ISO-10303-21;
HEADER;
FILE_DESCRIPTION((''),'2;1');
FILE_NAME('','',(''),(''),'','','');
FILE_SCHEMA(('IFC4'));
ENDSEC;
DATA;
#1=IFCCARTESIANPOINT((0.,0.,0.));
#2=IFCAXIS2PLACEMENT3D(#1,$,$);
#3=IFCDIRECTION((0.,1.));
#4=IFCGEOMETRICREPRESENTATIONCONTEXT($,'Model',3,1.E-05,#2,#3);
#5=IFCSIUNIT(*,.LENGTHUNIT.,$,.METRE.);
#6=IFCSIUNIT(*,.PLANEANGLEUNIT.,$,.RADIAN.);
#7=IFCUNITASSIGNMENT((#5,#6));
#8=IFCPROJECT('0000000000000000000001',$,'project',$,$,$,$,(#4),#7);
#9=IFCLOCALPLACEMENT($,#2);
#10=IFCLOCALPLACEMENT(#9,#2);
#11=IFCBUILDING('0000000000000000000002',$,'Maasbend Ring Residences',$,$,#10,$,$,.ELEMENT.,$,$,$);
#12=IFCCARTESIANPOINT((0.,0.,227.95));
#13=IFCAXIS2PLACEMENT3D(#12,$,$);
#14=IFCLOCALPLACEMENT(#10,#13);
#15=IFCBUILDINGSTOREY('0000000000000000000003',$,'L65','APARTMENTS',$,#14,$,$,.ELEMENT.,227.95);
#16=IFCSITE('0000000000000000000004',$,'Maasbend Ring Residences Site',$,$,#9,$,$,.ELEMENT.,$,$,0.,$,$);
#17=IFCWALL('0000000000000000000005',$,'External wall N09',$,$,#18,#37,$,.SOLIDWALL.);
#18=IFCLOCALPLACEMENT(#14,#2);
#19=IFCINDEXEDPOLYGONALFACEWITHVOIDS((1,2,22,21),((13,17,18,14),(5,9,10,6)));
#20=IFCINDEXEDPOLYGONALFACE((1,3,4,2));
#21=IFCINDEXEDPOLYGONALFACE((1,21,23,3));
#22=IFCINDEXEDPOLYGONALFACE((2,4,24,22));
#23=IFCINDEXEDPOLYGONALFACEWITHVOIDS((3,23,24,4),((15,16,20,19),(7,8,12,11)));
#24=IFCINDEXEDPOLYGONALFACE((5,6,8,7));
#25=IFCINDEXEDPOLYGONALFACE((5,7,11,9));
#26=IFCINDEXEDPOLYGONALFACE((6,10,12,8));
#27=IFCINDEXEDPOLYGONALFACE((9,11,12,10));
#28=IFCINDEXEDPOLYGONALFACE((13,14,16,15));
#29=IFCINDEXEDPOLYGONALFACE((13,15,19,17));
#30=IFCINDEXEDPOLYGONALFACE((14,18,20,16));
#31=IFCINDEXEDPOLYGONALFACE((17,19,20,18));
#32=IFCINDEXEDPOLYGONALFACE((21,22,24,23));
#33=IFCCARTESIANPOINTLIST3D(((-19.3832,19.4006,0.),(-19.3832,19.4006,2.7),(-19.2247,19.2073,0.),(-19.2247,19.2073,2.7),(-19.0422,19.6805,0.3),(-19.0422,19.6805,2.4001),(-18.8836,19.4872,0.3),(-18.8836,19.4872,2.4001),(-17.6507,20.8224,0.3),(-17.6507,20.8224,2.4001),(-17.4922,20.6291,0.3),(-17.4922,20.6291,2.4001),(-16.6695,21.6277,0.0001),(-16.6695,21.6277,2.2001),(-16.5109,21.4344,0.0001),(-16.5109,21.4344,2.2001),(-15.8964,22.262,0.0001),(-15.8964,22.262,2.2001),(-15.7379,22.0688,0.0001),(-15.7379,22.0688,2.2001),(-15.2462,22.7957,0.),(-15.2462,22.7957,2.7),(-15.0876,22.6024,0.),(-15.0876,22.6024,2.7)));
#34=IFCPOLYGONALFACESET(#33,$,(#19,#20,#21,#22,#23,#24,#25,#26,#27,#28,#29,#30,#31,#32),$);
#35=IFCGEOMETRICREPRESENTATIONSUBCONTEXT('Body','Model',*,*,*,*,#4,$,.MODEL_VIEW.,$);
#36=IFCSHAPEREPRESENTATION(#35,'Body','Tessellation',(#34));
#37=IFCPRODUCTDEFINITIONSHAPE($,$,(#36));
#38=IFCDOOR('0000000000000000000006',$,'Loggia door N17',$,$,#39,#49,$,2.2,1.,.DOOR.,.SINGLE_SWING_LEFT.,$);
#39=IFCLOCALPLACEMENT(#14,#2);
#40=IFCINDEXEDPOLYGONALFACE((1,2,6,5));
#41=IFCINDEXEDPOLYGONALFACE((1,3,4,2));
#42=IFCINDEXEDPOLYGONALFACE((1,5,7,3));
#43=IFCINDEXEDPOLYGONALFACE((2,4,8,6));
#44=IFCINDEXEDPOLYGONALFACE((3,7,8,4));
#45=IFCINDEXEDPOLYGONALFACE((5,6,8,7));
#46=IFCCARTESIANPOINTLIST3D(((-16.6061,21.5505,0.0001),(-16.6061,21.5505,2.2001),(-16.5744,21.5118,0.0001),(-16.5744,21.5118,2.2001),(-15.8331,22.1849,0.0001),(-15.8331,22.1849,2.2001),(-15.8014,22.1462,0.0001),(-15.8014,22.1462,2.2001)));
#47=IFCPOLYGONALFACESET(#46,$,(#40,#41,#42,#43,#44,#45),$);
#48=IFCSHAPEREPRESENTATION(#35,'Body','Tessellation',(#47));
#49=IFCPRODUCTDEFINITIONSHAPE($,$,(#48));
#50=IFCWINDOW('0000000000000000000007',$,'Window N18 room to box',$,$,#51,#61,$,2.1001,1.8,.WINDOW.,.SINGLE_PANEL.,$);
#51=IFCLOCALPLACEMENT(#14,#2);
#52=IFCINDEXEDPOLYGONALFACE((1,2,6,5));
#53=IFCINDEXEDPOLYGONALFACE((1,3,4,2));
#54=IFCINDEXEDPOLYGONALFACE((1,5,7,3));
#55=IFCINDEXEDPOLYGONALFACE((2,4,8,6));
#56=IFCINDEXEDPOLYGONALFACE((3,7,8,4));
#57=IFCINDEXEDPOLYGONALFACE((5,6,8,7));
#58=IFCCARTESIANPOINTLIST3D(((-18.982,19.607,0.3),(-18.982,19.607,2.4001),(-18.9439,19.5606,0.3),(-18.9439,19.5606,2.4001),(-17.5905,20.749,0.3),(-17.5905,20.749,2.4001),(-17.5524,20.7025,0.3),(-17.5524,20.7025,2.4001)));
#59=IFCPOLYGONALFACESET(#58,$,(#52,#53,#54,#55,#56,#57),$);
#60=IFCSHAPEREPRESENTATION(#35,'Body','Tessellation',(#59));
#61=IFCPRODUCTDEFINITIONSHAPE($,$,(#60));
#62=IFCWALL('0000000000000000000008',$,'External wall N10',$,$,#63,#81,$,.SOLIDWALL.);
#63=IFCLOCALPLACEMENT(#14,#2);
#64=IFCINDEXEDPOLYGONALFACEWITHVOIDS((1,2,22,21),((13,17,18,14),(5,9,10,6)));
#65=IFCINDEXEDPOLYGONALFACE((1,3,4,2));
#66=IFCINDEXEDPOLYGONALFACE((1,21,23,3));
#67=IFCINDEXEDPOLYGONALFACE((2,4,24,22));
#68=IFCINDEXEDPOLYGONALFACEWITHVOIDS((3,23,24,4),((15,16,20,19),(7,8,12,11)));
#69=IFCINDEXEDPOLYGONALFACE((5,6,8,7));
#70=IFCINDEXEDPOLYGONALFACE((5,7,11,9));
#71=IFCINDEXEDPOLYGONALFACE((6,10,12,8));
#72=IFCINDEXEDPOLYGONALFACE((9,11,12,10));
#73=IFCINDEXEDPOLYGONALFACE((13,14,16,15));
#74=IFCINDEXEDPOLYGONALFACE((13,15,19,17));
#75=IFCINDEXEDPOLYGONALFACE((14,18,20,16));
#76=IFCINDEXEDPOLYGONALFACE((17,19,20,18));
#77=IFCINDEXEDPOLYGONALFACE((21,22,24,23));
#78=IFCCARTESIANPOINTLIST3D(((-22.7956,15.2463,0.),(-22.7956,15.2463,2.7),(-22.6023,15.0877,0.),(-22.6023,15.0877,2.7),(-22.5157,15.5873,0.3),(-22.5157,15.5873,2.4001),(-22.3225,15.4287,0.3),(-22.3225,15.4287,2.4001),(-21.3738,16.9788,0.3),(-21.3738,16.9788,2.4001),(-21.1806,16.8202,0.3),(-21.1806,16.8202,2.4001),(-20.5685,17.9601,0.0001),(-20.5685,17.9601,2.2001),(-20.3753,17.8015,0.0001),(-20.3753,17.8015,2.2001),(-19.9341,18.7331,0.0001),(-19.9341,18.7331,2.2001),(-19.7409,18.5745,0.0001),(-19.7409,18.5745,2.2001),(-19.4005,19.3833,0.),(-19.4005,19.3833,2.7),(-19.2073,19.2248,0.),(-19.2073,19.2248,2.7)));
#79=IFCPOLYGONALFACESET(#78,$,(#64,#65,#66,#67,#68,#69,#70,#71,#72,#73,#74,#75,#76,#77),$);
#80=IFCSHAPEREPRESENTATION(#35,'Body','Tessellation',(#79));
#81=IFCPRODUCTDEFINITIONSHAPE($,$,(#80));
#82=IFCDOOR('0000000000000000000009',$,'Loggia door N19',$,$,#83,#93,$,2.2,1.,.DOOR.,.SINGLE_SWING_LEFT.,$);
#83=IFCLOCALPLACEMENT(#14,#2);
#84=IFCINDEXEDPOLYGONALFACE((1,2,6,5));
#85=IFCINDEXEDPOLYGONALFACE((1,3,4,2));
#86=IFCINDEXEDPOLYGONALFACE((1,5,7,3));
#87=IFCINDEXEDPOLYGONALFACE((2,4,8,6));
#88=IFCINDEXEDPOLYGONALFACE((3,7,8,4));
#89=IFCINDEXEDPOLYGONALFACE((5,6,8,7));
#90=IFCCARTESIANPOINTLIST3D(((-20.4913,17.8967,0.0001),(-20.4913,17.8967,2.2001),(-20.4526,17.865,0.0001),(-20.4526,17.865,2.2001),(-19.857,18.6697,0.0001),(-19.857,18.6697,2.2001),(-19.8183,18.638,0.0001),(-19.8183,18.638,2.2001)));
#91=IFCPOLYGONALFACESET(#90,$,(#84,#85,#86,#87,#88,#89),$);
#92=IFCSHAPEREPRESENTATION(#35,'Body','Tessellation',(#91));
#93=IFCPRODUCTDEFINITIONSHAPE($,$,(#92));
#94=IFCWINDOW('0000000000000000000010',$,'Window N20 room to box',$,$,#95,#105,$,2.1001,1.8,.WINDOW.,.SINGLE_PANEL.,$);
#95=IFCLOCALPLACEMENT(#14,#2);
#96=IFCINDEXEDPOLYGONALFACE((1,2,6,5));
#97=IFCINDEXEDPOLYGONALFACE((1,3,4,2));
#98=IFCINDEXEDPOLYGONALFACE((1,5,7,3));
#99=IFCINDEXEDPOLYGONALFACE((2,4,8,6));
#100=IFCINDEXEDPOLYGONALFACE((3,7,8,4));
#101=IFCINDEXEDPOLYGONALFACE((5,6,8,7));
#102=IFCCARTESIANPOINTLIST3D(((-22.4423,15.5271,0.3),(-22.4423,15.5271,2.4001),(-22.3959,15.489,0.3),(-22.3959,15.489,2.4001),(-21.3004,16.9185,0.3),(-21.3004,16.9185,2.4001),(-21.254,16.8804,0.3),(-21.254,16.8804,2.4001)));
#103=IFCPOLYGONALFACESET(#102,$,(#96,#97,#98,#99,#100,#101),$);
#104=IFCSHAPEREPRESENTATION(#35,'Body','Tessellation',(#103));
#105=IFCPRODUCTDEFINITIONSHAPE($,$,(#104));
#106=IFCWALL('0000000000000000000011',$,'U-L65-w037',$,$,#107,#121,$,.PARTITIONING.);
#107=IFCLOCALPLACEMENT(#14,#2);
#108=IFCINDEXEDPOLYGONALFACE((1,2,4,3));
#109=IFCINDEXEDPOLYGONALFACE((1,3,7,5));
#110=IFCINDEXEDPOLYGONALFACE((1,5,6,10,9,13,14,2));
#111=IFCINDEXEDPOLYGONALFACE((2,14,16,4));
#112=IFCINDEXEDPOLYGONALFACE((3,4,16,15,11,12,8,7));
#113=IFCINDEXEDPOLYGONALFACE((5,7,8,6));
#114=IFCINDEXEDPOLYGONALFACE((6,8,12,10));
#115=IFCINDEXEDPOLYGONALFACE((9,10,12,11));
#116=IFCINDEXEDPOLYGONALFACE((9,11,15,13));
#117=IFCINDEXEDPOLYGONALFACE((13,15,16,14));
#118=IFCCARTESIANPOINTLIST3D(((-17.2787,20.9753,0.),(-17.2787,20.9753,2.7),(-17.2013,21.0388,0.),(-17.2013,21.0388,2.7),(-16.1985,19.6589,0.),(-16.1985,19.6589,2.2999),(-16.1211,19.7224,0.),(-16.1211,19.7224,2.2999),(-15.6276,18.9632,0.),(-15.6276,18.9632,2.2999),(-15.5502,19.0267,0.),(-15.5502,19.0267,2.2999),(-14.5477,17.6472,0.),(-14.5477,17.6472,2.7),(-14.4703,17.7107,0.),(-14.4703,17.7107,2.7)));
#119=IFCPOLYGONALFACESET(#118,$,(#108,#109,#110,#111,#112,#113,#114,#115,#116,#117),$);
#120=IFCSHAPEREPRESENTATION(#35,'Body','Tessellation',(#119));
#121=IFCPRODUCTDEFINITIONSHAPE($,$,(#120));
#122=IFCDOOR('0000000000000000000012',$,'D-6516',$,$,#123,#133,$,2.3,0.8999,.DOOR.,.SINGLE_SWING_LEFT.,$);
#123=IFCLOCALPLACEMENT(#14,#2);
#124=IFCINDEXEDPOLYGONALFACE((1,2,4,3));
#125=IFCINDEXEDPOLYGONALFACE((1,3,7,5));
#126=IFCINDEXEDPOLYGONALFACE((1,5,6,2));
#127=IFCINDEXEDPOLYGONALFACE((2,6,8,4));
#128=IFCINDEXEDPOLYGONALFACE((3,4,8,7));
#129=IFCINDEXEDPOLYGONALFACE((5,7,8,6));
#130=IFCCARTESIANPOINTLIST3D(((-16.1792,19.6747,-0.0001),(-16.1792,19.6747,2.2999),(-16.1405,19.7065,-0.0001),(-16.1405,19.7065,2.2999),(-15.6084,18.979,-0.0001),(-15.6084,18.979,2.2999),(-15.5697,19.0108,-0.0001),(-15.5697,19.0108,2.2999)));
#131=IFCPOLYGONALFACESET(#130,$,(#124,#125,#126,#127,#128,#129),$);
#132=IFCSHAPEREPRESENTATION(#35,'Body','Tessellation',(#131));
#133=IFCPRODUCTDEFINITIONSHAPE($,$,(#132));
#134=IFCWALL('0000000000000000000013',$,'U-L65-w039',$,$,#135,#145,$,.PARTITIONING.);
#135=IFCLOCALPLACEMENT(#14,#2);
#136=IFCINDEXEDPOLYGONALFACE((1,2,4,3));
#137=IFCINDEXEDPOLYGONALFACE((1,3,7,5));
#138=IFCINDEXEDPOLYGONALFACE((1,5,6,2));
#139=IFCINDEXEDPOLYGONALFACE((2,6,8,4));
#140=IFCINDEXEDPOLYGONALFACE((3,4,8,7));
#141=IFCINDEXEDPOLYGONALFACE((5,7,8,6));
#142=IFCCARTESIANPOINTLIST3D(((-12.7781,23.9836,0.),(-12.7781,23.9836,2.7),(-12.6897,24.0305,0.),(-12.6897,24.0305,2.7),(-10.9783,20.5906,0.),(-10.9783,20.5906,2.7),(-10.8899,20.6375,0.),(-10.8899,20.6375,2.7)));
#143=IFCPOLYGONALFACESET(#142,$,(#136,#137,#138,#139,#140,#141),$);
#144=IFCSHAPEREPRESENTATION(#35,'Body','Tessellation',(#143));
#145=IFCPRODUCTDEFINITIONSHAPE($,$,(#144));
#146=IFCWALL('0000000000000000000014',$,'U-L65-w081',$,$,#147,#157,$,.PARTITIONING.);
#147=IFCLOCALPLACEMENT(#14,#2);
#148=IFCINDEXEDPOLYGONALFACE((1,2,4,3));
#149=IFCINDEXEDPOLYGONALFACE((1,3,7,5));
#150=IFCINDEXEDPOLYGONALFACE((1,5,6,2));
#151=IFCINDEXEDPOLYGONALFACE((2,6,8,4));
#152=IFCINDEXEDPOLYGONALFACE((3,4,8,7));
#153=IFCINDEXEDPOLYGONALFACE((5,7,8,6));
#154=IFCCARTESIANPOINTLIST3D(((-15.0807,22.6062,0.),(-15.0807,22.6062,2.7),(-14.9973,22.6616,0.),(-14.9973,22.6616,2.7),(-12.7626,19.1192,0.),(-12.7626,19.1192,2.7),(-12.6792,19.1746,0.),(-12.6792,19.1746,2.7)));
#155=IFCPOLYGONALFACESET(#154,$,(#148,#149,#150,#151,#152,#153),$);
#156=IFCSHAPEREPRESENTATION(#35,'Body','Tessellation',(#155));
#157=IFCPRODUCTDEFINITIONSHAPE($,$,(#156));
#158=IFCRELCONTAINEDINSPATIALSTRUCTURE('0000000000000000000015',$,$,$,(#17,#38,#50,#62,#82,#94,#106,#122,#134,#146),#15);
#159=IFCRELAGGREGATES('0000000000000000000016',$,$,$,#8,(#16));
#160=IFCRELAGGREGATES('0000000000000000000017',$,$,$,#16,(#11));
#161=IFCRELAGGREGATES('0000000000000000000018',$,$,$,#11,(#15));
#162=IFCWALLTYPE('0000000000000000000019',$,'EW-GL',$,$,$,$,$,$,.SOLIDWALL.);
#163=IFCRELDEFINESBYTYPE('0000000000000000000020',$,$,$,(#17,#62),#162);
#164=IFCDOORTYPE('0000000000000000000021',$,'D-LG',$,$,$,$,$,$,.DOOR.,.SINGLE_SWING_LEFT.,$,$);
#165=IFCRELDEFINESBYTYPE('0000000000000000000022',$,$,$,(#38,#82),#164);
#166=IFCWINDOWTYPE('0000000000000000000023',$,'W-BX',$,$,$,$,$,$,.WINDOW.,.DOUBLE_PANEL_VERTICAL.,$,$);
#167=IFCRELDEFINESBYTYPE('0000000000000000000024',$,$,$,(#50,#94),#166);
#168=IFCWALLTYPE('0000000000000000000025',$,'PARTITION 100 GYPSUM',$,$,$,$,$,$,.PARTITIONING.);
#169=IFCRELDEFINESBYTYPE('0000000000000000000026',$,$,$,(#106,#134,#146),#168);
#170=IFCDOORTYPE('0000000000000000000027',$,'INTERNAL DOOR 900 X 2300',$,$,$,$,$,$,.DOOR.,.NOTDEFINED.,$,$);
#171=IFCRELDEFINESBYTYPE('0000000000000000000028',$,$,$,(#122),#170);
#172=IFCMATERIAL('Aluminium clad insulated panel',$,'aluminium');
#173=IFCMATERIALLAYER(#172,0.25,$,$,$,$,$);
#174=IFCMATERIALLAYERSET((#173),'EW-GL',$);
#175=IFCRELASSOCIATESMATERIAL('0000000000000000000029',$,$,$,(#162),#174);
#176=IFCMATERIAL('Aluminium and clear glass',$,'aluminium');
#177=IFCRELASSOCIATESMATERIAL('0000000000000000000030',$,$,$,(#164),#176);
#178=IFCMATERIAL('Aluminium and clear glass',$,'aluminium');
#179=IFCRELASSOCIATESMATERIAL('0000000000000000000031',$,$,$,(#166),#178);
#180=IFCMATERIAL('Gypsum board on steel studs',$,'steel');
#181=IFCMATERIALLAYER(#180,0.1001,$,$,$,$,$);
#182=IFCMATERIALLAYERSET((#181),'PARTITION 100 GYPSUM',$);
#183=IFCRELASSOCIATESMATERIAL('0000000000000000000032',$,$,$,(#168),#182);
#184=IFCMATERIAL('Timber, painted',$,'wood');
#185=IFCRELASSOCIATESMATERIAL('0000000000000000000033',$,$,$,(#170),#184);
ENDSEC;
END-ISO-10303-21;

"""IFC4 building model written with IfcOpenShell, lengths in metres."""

from ifc_helpers import new_model, si_unit, direction, frame, frame_2d, origin, place, context, subcontext, project, spatial, rectangle, extrude, material, layer, layer_set, type_object, element, fill, save


model = new_model("IFC4")

# Units and contexts
model_context = context("Model", 3, precision=1e-05, world=origin(), true_north=direction((0.0, 1.0)))
body_context = subcontext(model_context, "Body", "Model", "MODEL_VIEW")
ifc_project = project(units=[si_unit("LENGTHUNIT", "METRE"), si_unit("PLANEANGLEUNIT", "RADIAN")], contexts=[model_context])

# Site, building, storey
site_placement = place(None, origin())
site = spatial("IfcSite", under=ifc_project, at=site_placement, Name="Maasbend Ring Residences Site", CompositionType="ELEMENT", RefElevation=0.0)
building_placement = place(site_placement, origin())
building = spatial("IfcBuilding", under=site, at=building_placement, Name="Maasbend Ring Residences", CompositionType="ELEMENT")
storey_placement = place(building_placement, frame((0.0, 0.0, 227.95)))
storey = spatial("IfcBuildingStorey", under=building, at=storey_placement, Name="L65", Description="APARTMENTS", CompositionType="ELEMENT", Elevation=227.95)

# Walls, openings, doors, windows
ifc_material_1 = material(Name="Aluminium clad insulated panel", Category="aluminium")
ifc_layer_1 = layer(ifc_material_1, 0.25)
ifc_layer_set_1 = layer_set([ifc_layer_1], Name="EW-GL")
wall_type_1 = type_object("IfcWallType", Name="EW-GL", PredefinedType="SOLIDWALL", material=ifc_layer_set_1)
wall_1_placement = place(storey_placement, frame((-15.167, 22.699, 0.0), z_axis=(0.0, 0.0, 1.0), x_axis=(-0.773019, -0.634382, 0.0)))
wall_1 = element("IfcWall", 1, at=wall_1_placement, inside=storey, type_object=wall_type_1, Name="External wall N09", PredefinedType="SOLIDWALL", context=body_context, shape_type="SweptSolid", body=[
    extrude(rectangle(XDim=5.3518, YDim=0.25, at=frame_2d((2.6758, 0.0))), origin(), (0.0, 0.0, 1.0), 2.7),
])
opening_1_placement = place(wall_1_placement, frame((0.8411, 0.0, 0.0)))
opening_1 = element("IfcOpeningElement", 2, at=opening_1_placement, cuts=wall_1, PredefinedType="OPENING", context=body_context, shape_type="SweptSolid", body=[
    extrude(rectangle(XDim=1.0, YDim=2.2, at=frame_2d((0.5, 1.1001))), frame((0.0, 0.135, 0.0), z_axis=(0.0, -1.0, 0.0), x_axis=(1.0, 0.0, 0.0)), (0.0, 0.0, 1.0), 0.27),
])
opening_2_placement = place(wall_1_placement, frame((3.1106, 0.0, 0.3)))
opening_2 = element("IfcOpeningElement", 3, at=opening_2_placement, cuts=wall_1, PredefinedType="OPENING", context=body_context, shape_type="SweptSolid", body=[
    extrude(rectangle(XDim=1.8, YDim=2.1001, at=frame_2d((0.8999, 1.05))), frame((0.0, 0.135, 0.0), z_axis=(0.0, -1.0, 0.0), x_axis=(1.0, 0.0, 0.0)), (0.0, 0.0, 1.0), 0.27),
])
ifc_material_2 = material(Name="Aluminium and clear glass", Category="aluminium")
door_type_1 = type_object("IfcDoorType", Name="D-LG", OperationType="SINGLE_SWING_LEFT", PredefinedType="DOOR", material=ifc_material_2)
door_1_placement = place(opening_1_placement, origin())
door_1 = element("IfcDoor", 4, at=door_1_placement, inside=storey, type_object=door_type_1, Name="Loggia door N17", OperationType="SINGLE_SWING_LEFT", OverallHeight=2.2, OverallWidth=1.0, PredefinedType="DOOR", context=body_context, shape_type="SweptSolid", body=[
    extrude(rectangle(XDim=1.0, YDim=2.2, at=frame_2d((0.5, 1.1001))), frame((0.0, 0.0249, 0.0), z_axis=(0.0, -1.0, 0.0), x_axis=(1.0, 0.0, 0.0)), (0.0, 0.0, 1.0), 0.05),
])
fill(opening_1, door_1)
ifc_material_3 = material(Name="Aluminium and clear glass", Category="aluminium")
window_type_1 = type_object("IfcWindowType", Name="W-BX", PartitioningType="DOUBLE_PANEL_VERTICAL", PredefinedType="WINDOW", material=ifc_material_3)
window_1_placement = place(opening_2_placement, origin())
window_1 = element("IfcWindow", 5, at=window_1_placement, inside=storey, type_object=window_type_1, Name="Window N18 room to box", OverallHeight=2.1001, OverallWidth=1.8, PartitioningType="SINGLE_PANEL", PredefinedType="WINDOW", context=body_context, shape_type="SweptSolid", body=[
    extrude(rectangle(XDim=1.8, YDim=2.1001, at=frame_2d((0.8999, 1.05))), frame((0.0, 0.03, 0.0), z_axis=(0.0, -1.0, 0.0), x_axis=(1.0, 0.0, 0.0)), (0.0, 0.0, 1.0), 0.0601),
])
fill(opening_2, window_1)
wall_2_placement = place(storey_placement, frame((-19.304, 19.304, 0.0), z_axis=(0.0, 0.0, 1.0), x_axis=(-0.634382, -0.773019, 0.0)))
wall_2 = element("IfcWall", 6, at=wall_2_placement, inside=storey, type_object=wall_type_1, Name="External wall N10", PredefinedType="SOLIDWALL", context=body_context, shape_type="SweptSolid", body=[
    extrude(rectangle(XDim=5.3518, YDim=0.25, at=frame_2d((2.6758, 0.0))), origin(), (0.0, 0.0, 1.0), 2.7),
])
opening_3_placement = place(wall_2_placement, frame((0.8411, 0.0, 0.0)))
opening_3 = element("IfcOpeningElement", 7, at=opening_3_placement, cuts=wall_2, PredefinedType="OPENING", context=body_context, shape_type="SweptSolid", body=[
    extrude(rectangle(XDim=1.0, YDim=2.2, at=frame_2d((0.5, 1.1001))), frame((0.0, 0.135, 0.0), z_axis=(0.0, -1.0, 0.0), x_axis=(1.0, 0.0, 0.0)), (0.0, 0.0, 1.0), 0.27),
])
opening_4_placement = place(wall_2_placement, frame((3.1106, 0.0, 0.3)))
opening_4 = element("IfcOpeningElement", 8, at=opening_4_placement, cuts=wall_2, PredefinedType="OPENING", context=body_context, shape_type="SweptSolid", body=[
    extrude(rectangle(XDim=1.8, YDim=2.1001, at=frame_2d((0.8999, 1.05))), frame((0.0, 0.135, 0.0), z_axis=(0.0, -1.0, 0.0), x_axis=(1.0, 0.0, 0.0)), (0.0, 0.0, 1.0), 0.27),
])
door_2_placement = place(opening_3_placement, origin())
door_2 = element("IfcDoor", 9, at=door_2_placement, inside=storey, type_object=door_type_1, Name="Loggia door N19", OperationType="SINGLE_SWING_LEFT", OverallHeight=2.2, OverallWidth=1.0, PredefinedType="DOOR", context=body_context, shape_type="SweptSolid", body=[
    extrude(rectangle(XDim=1.0, YDim=2.2, at=frame_2d((0.5, 1.1001))), frame((0.0, 0.0249, 0.0), z_axis=(0.0, -1.0, 0.0), x_axis=(1.0, 0.0, 0.0)), (0.0, 0.0, 1.0), 0.05),
])
fill(opening_3, door_2)
window_2_placement = place(opening_4_placement, origin())
window_2 = element("IfcWindow", 10, at=window_2_placement, inside=storey, type_object=window_type_1, Name="Window N20 room to box", OverallHeight=2.1001, OverallWidth=1.8, PartitioningType="SINGLE_PANEL", PredefinedType="WINDOW", context=body_context, shape_type="SweptSolid", body=[
    extrude(rectangle(XDim=1.8, YDim=2.1001, at=frame_2d((0.8999, 1.05))), frame((0.0, 0.03, 0.0), z_axis=(0.0, -1.0, 0.0), x_axis=(1.0, 0.0, 0.0)), (0.0, 0.0, 1.0), 0.0601),
])
fill(opening_4, window_2)

# Wall, opening, door
ifc_material_4 = material(Name="Gypsum board on steel studs", Category="steel")
ifc_layer_2 = layer(ifc_material_4, 0.1001)
ifc_layer_set_2 = layer_set([ifc_layer_2], Name="PARTITION 100 GYPSUM")
wall_type_2 = type_object("IfcWallType", Name="PARTITION 100 GYPSUM", PredefinedType="PARTITIONING", material=ifc_layer_set_2)
wall_3_placement = place(storey_placement, frame((-17.24, 21.0071, 0.0), z_axis=(0.0, 0.0, 1.0), x_axis=(0.634343, -0.773052, 0.0)))
wall_3 = element("IfcWall", 11, at=wall_3_placement, inside=storey, type_object=wall_type_2, Name="U-L65-w037", PredefinedType="PARTITIONING", context=body_context, shape_type="SweptSolid", body=[
    extrude(rectangle(XDim=4.3052, YDim=0.1001, at=frame_2d((2.1526, 0.0))), origin(), (0.0, 0.0, 1.0), 2.7),
])
opening_5_placement = place(wall_3_placement, frame((1.7029, 0.0, 0.0)))
opening_5 = element("IfcOpeningElement", 12, at=opening_5_placement, cuts=wall_3, PredefinedType="OPENING", context=body_context, shape_type="SweptSolid", body=[
    extrude(rectangle(XDim=0.8999, YDim=2.3, at=frame_2d((0.45, 1.1499))), frame((0.0, 0.0601, 0.0), z_axis=(0.0, -1.0, 0.0), x_axis=(1.0, 0.0, 0.0)), (0.0, 0.0, 1.0), 0.1201),
])
ifc_material_5 = material(Name="Timber, painted", Category="wood")
door_type_2 = type_object("IfcDoorType", Name="INTERNAL DOOR 900 X 2300", OperationType="NOTDEFINED", PredefinedType="DOOR", material=ifc_material_5)
door_3_placement = place(opening_5_placement, origin())
door_3 = element("IfcDoor", 13, at=door_3_placement, inside=storey, type_object=door_type_2, Name="D-6516", OperationType="SINGLE_SWING_LEFT", OverallHeight=2.3, OverallWidth=0.8999, PredefinedType="DOOR", context=body_context, shape_type="SweptSolid", body=[
    extrude(rectangle(XDim=0.8999, YDim=2.3, at=frame_2d((0.45, 1.1499))), frame((0.0, 0.0249, 0.0), z_axis=(0.0, -1.0, 0.0), x_axis=(1.0, 0.0, 0.0)), (0.0, 0.0, 1.0), 0.05),
])
fill(opening_5, door_3)

# Walls
wall_4_placement = place(storey_placement, frame((-12.7339, 24.0071, 0.0), z_axis=(0.0, 0.0, 1.0), x_axis=(0.468594, -0.883413, 0.0)))
element("IfcWall", 14, at=wall_4_placement, inside=storey, type_object=wall_type_2, Name="U-L65-w039", PredefinedType="PARTITIONING", context=body_context, shape_type="SweptSolid", body=[
    extrude(rectangle(XDim=3.8408, YDim=0.1001, at=frame_2d((1.9204, 0.0))), origin(), (0.0, 0.0, 1.0), 2.7),
])
wall_5_placement = place(storey_placement, frame((-15.0391, 22.634, 0.0), z_axis=(0.0, 0.0, 1.0), x_axis=(0.55361, -0.832776, 0.0)))
element("IfcWall", 15, at=wall_5_placement, inside=storey, type_object=wall_type_2, Name="U-L65-w081", PredefinedType="PARTITIONING", context=body_context, shape_type="SweptSolid", body=[
    extrude(rectangle(XDim=4.1873, YDim=0.1001, at=frame_2d((2.0938, 0.0))), origin(), (0.0, 0.0, 1.0), 2.7),
])

save(model, "model.ifc")
